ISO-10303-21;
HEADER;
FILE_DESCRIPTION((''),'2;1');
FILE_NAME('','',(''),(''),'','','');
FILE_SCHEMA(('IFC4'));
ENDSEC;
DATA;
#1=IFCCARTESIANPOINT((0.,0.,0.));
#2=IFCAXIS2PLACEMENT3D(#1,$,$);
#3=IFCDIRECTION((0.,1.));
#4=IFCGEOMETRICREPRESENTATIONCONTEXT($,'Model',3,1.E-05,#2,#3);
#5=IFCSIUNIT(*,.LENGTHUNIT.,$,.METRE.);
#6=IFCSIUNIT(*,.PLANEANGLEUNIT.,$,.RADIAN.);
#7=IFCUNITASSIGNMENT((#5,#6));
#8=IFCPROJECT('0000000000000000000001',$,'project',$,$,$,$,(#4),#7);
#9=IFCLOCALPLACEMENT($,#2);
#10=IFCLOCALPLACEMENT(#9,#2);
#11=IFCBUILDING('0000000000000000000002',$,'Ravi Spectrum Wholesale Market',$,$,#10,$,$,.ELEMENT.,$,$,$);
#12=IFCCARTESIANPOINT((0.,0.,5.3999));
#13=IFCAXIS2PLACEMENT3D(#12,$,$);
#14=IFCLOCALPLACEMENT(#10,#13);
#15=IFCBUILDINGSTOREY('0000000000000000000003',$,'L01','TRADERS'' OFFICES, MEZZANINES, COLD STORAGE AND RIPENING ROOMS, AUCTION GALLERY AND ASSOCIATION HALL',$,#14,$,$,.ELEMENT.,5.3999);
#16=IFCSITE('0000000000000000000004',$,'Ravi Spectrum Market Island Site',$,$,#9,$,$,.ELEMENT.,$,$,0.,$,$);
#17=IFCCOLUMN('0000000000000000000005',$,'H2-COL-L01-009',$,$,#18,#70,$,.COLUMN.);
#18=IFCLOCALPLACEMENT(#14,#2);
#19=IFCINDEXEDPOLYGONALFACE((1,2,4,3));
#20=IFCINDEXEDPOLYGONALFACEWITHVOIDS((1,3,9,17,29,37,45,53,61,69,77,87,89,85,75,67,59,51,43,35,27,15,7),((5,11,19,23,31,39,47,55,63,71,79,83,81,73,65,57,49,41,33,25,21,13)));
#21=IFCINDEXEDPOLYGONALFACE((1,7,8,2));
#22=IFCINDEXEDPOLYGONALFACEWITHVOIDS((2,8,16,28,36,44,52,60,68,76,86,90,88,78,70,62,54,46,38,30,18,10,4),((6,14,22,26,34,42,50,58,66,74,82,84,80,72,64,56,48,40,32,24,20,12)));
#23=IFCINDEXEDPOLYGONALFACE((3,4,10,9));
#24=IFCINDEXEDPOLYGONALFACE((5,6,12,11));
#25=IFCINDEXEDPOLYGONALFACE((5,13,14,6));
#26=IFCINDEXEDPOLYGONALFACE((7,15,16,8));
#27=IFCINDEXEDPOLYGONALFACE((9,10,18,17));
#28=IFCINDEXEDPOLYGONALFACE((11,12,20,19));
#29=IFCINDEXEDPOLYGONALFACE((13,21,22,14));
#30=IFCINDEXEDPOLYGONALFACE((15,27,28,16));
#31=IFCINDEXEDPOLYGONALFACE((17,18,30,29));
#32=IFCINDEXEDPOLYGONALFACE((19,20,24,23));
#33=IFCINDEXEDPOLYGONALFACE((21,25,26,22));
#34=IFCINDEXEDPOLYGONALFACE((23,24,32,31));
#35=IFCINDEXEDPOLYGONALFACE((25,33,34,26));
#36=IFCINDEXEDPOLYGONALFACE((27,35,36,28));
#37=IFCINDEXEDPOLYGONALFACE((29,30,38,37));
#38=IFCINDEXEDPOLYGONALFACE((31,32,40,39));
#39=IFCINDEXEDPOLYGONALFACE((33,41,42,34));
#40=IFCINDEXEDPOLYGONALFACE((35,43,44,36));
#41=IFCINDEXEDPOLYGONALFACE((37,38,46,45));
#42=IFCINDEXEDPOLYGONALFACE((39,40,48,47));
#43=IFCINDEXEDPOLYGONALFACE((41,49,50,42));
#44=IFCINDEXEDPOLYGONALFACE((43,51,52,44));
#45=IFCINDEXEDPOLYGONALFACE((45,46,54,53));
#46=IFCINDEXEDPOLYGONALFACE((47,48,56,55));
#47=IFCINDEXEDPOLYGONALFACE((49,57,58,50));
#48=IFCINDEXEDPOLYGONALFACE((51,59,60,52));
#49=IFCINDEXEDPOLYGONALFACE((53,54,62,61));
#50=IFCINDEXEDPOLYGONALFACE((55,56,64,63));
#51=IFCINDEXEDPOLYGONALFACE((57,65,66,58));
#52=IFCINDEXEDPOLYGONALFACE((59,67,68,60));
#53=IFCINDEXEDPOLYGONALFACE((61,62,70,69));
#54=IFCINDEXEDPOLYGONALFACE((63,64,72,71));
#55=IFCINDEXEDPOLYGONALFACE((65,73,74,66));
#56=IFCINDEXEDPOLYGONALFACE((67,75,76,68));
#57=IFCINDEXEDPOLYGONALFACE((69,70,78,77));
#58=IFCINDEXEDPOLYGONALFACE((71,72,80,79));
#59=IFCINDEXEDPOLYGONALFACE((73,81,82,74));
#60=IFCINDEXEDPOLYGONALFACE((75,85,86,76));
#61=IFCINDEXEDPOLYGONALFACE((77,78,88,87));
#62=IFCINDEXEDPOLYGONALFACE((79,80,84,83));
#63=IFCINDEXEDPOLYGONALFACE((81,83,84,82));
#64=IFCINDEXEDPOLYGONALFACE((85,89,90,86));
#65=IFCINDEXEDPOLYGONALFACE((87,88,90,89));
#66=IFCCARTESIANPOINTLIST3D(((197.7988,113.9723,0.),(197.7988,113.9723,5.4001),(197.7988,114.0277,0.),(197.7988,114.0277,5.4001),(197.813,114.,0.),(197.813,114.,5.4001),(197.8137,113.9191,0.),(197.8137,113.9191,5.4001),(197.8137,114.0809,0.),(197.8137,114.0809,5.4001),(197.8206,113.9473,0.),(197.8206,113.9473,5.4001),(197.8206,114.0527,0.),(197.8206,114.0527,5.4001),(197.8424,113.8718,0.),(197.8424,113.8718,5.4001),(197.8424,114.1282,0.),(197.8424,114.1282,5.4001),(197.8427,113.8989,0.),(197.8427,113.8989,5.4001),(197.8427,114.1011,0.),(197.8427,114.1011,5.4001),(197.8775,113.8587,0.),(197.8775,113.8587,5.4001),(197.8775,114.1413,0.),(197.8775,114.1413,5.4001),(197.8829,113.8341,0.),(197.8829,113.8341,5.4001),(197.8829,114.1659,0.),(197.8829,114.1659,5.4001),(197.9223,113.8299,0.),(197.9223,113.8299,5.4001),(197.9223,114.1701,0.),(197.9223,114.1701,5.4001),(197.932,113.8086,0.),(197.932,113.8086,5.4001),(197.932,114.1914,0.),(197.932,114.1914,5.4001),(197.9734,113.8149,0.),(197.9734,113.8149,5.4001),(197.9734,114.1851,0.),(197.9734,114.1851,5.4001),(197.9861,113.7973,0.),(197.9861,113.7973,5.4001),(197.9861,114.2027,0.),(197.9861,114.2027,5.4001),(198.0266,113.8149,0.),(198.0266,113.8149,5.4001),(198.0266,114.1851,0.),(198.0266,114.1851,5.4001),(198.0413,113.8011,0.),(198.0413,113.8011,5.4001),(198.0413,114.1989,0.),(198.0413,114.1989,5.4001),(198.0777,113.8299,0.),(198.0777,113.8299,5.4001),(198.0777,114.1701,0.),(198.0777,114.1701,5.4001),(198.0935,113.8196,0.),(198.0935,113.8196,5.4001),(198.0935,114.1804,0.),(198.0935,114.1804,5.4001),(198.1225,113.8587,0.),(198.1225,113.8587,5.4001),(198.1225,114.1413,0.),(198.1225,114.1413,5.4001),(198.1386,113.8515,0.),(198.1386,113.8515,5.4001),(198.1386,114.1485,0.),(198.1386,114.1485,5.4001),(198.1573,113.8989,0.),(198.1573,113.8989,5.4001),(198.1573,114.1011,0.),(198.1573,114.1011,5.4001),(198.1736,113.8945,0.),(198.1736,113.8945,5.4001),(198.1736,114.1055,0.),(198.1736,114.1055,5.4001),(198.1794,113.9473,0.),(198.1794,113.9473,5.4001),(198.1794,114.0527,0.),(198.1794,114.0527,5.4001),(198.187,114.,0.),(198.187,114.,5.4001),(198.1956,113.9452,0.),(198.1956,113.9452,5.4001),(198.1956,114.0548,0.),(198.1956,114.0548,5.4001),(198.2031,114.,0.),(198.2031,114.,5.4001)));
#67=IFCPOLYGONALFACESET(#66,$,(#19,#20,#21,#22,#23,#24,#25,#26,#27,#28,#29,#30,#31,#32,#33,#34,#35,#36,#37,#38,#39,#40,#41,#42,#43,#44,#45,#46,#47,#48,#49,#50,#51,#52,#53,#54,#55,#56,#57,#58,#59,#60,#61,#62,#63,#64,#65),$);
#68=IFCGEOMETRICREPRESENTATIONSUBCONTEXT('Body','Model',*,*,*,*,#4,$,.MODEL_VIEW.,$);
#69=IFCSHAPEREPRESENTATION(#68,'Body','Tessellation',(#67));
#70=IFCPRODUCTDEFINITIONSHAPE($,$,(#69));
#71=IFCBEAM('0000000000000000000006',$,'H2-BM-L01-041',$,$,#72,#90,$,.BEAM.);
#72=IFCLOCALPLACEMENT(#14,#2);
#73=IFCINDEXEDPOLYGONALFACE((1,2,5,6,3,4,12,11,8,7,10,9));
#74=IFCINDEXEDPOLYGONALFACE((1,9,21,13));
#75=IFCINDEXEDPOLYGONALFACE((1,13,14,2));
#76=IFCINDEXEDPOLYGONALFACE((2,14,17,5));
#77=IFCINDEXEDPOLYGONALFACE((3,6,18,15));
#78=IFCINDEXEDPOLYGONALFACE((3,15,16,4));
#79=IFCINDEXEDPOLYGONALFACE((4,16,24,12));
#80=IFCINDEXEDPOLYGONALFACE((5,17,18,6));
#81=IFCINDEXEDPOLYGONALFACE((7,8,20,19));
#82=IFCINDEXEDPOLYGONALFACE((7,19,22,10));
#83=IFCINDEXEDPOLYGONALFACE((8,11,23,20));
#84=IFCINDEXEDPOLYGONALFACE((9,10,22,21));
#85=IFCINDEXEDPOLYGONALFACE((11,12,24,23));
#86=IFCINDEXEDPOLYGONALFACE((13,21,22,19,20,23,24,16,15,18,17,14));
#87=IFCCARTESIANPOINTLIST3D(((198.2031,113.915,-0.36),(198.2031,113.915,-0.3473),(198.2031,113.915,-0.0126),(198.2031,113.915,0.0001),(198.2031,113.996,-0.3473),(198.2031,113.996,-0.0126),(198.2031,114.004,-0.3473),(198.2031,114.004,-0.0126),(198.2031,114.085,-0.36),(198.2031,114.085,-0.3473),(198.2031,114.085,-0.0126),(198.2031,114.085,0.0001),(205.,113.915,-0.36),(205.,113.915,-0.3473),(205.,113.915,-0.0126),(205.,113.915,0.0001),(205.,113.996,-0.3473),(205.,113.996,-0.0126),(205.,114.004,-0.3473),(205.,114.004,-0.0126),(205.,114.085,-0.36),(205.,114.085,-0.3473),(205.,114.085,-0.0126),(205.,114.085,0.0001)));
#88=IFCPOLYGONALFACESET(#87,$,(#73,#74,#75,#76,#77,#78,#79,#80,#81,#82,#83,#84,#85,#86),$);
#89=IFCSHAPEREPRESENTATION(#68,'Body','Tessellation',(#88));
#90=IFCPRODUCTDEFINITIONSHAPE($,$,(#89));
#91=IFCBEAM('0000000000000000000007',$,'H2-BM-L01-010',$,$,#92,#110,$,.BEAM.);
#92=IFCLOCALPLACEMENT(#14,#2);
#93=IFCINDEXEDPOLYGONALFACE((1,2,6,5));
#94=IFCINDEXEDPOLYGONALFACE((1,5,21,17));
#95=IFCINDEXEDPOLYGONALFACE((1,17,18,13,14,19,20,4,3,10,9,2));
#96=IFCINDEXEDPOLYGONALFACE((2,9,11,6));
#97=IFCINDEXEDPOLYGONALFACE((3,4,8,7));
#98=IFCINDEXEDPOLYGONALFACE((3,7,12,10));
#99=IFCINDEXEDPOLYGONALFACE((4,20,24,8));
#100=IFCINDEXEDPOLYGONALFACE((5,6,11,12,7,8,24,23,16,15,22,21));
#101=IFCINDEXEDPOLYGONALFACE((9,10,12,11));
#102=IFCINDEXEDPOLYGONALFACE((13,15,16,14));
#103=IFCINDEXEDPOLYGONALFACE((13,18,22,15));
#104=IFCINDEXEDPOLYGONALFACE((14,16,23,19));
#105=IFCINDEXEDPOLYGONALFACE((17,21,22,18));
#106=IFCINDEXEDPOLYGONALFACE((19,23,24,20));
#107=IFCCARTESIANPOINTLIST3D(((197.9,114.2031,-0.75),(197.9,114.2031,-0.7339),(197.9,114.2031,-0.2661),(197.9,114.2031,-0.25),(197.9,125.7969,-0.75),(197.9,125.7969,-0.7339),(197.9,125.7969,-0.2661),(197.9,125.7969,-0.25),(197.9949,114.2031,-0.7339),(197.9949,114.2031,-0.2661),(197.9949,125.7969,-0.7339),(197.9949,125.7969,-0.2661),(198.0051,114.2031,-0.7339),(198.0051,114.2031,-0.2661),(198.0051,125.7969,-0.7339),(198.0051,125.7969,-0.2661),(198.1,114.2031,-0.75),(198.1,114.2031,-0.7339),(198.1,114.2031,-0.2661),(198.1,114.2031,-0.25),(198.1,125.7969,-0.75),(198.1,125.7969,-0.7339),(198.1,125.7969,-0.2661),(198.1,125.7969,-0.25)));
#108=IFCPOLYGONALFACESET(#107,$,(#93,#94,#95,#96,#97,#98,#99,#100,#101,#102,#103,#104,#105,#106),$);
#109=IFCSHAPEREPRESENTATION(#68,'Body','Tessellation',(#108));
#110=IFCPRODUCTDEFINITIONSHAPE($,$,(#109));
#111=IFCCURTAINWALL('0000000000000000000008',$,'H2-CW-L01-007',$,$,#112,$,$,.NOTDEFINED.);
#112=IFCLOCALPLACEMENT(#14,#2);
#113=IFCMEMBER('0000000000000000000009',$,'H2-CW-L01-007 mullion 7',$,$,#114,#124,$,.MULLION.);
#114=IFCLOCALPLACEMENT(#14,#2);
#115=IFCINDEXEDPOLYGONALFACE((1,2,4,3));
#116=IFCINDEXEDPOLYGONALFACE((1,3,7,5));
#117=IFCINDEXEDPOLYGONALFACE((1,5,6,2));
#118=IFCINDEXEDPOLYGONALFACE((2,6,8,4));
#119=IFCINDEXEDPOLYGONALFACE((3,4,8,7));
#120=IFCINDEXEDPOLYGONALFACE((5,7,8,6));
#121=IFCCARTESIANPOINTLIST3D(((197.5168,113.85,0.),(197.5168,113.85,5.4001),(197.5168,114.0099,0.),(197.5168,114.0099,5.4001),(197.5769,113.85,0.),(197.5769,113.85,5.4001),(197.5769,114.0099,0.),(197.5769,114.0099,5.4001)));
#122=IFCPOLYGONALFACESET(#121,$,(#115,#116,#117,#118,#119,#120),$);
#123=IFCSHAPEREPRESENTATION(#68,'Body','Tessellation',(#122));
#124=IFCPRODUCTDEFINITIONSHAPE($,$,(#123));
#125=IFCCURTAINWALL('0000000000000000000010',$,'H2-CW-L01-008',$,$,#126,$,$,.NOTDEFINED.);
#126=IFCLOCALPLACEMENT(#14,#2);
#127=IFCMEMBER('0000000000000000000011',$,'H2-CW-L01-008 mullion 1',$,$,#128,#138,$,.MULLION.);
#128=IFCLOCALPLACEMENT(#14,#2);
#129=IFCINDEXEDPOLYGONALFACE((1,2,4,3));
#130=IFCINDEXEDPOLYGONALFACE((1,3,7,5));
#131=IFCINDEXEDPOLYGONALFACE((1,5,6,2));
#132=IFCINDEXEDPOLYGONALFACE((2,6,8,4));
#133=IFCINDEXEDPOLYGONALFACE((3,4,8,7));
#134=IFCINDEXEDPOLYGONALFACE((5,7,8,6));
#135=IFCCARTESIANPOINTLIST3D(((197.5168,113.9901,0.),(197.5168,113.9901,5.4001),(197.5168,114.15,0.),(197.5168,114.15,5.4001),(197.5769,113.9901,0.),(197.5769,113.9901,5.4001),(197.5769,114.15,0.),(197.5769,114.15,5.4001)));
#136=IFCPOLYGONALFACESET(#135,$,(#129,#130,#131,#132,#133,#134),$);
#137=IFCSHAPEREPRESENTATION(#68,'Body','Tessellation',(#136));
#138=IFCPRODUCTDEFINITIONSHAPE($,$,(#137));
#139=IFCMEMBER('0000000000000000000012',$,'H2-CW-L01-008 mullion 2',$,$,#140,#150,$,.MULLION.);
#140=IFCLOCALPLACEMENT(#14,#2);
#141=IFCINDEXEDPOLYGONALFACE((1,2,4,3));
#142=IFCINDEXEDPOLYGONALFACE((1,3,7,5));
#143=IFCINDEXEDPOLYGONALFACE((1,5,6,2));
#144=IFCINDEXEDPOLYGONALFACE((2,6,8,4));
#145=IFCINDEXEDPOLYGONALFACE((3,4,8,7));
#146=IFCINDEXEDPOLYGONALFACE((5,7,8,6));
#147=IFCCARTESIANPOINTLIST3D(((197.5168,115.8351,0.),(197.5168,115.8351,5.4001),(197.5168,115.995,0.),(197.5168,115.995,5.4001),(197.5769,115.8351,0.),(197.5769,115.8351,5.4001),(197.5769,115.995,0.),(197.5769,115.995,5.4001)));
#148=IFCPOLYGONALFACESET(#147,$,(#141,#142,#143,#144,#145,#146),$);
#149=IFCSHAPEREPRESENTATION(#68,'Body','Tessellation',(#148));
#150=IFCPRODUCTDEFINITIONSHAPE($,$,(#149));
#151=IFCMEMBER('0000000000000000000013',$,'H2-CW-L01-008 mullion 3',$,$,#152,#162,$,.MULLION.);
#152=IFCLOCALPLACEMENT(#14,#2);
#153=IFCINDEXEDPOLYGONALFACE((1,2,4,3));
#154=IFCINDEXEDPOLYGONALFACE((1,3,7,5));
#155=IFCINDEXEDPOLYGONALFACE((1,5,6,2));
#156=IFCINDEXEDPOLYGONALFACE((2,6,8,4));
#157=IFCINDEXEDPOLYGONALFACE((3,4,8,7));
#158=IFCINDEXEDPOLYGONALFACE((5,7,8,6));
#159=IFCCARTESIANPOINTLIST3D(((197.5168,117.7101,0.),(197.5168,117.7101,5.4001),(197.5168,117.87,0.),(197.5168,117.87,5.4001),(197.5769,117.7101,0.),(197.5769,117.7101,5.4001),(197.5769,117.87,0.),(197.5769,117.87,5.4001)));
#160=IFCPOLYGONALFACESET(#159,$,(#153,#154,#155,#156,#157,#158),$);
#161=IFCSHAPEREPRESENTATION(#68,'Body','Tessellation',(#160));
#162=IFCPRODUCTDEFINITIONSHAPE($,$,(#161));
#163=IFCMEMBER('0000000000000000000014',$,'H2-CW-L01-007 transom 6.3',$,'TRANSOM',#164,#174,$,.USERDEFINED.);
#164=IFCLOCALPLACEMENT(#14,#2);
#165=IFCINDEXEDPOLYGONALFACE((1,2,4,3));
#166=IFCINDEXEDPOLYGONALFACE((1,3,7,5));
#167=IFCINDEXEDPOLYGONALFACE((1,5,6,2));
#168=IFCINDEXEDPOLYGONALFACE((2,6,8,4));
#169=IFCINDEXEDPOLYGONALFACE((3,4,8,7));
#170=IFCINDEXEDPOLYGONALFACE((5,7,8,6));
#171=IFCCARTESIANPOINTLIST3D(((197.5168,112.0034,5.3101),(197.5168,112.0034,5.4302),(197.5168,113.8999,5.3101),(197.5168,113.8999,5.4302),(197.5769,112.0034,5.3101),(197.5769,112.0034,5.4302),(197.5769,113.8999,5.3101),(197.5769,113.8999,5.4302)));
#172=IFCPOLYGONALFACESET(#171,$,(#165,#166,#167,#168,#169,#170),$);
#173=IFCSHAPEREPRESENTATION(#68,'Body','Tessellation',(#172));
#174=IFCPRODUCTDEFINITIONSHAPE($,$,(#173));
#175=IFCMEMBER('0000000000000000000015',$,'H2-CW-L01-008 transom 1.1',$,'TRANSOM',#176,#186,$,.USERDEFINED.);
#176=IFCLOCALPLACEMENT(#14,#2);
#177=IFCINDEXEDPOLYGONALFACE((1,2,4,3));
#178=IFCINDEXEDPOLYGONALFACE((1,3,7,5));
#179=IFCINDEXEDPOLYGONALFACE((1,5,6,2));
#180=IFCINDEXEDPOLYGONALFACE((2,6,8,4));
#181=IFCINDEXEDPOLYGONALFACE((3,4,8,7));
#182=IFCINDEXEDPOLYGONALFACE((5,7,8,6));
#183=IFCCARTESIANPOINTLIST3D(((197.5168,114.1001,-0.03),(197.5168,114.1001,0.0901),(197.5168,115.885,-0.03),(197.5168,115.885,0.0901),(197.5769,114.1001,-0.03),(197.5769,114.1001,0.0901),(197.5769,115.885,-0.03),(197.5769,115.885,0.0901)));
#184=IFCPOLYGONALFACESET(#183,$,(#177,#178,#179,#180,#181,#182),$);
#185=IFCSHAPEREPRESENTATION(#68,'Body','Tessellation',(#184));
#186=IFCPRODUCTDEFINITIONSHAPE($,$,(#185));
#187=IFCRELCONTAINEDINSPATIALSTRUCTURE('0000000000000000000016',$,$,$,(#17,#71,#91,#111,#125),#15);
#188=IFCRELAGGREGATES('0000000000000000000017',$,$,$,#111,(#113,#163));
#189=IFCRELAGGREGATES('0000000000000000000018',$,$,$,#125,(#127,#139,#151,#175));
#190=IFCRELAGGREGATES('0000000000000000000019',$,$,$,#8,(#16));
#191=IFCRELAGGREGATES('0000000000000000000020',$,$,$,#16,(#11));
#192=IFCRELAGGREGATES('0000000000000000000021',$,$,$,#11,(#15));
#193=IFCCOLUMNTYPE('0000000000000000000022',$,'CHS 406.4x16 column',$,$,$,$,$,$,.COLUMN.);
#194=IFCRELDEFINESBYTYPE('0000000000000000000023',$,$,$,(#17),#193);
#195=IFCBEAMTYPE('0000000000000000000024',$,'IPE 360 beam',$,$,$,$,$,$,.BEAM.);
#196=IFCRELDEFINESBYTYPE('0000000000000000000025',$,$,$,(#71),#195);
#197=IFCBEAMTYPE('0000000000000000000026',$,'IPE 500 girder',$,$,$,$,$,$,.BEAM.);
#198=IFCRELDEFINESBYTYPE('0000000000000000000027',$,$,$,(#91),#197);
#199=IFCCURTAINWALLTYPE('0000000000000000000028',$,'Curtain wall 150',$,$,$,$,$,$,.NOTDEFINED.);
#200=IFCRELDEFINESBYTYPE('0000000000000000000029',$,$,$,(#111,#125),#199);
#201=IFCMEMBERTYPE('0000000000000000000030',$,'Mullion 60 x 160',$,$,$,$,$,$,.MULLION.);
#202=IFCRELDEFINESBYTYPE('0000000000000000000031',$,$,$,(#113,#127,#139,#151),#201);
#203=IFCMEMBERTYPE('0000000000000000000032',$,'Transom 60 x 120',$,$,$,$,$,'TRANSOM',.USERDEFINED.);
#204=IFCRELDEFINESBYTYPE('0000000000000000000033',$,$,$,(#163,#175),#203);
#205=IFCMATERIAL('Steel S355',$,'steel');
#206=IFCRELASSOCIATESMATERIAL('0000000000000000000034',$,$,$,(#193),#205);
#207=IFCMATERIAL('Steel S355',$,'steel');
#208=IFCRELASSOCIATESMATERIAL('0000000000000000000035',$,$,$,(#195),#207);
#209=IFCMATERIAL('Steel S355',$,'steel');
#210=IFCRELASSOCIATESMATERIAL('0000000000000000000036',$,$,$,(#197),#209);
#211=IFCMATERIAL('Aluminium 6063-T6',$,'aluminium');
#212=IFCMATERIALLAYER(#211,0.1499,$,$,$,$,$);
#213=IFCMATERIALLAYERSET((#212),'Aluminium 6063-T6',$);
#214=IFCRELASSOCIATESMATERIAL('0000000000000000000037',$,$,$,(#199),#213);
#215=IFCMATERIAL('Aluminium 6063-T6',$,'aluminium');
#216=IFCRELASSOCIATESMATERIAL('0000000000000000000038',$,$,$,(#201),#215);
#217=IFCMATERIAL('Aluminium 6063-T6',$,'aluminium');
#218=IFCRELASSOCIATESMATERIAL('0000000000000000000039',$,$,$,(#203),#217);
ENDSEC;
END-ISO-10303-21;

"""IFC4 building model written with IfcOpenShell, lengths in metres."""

from ifc_helpers import new_model, si_unit, direction, frame, origin, origin_2d, place, context, subcontext, project, spatial, rectangle, hollow_circle, i_section, extrude, material, layer, layer_set, material_profile, profile_set, type_object, element, aggregate, save


model = new_model("IFC4")

# Units and contexts
model_context = context("Model", 3, precision=1e-05, world=origin(), true_north=direction((0.0, 1.0)))
body_context = subcontext(model_context, "Body", "Model", "MODEL_VIEW")
ifc_project = project(units=[si_unit("LENGTHUNIT", "METRE"), si_unit("PLANEANGLEUNIT", "RADIAN")], contexts=[model_context])

# Site, building, storey
site_placement = place(None, origin())
site = spatial("IfcSite", under=ifc_project, at=site_placement, Name="Ravi Spectrum Market Island Site", CompositionType="ELEMENT", RefElevation=0.0)
building_placement = place(site_placement, origin())
building = spatial("IfcBuilding", under=site, at=building_placement, Name="Ravi Spectrum Wholesale Market", CompositionType="ELEMENT")
storey_placement = place(building_placement, frame((0.0, 0.0, 5.3999)))
storey = spatial("IfcBuildingStorey", under=building, at=storey_placement, Name="L01", Description="TRADERS' OFFICES, MEZZANINES, COLD STORAGE AND RIPENING ROOMS, AUCTION GALLERY AND ASSOCIATION HALL", CompositionType="ELEMENT", Elevation=5.3999)

# Column
ifc_material_1 = material(Name="Steel S355", Category="steel")
ifc_material_profile_1 = material_profile(ifc_material_1, hollow_circle(Radius=0.2031, WallThickness=0.0161, at=origin_2d()))
ifc_profile_set_1 = profile_set([ifc_material_profile_1], Name="Steel S355")
column_type = type_object("IfcColumnType", Name="CHS 406.4x16 column", PredefinedType="COLUMN", material=ifc_profile_set_1)
column_placement = place(storey_placement, frame((198.0, 114.0, 0.0), z_axis=(0.0, 0.0, 1.0), x_axis=(1.0, 0.0, 0.0)))
element("IfcColumn", 1, at=column_placement, inside=storey, type_object=column_type, Name="H2-COL-L01-009", PredefinedType="COLUMN", context=body_context, shape_type="SweptSolid", body=[
    extrude(hollow_circle(Radius=0.2031, WallThickness=0.0161, at=origin_2d()), origin(), (0.0, 0.0, 1.0), 5.4001),
])

# Beams
ifc_material_2 = material(Name="Steel S355", Category="steel")
ifc_material_profile_2 = material_profile(ifc_material_2, i_section(OverallWidth=0.1699, OverallDepth=0.3601, WebThickness=0.0081, FlangeThickness=0.0127, at=origin_2d()))
ifc_profile_set_2 = profile_set([ifc_material_profile_2], Name="Steel S355")
beam_type_1 = type_object("IfcBeamType", Name="IPE 360 beam", PredefinedType="BEAM", material=ifc_profile_set_2)
beam_1_placement = place(storey_placement, frame((198.2031, 114.0, -0.1799), z_axis=(1.0, 0.0, 0.0), x_axis=(0.0, 1.0, 0.0)))
element("IfcBeam", 2, at=beam_1_placement, inside=storey, type_object=beam_type_1, Name="H2-BM-L01-041", PredefinedType="BEAM", context=body_context, shape_type="SweptSolid", body=[
    extrude(i_section(OverallWidth=0.1699, OverallDepth=0.3601, WebThickness=0.0081, FlangeThickness=0.0127, at=origin_2d()), origin(), (0.0, 0.0, 1.0), 6.7969),
])
ifc_material_3 = material(Name="Steel S355", Category="steel")
ifc_material_profile_3 = material_profile(ifc_material_3, i_section(OverallWidth=0.2, OverallDepth=0.5, WebThickness=0.0103, FlangeThickness=0.0161, at=origin_2d()))
ifc_profile_set_3 = profile_set([ifc_material_profile_3], Name="Steel S355")
beam_type_2 = type_object("IfcBeamType", Name="IPE 500 girder", PredefinedType="BEAM", material=ifc_profile_set_3)
beam_2_placement = place(storey_placement, frame((198.0, 114.2031, -0.5), z_axis=(0.0, 1.0, 0.0), x_axis=(-1.0, 0.0, 0.0)))
element("IfcBeam", 3, at=beam_2_placement, inside=storey, type_object=beam_type_2, Name="H2-BM-L01-010", PredefinedType="BEAM", context=body_context, shape_type="SweptSolid", body=[
    extrude(i_section(OverallWidth=0.2, OverallDepth=0.5, WebThickness=0.0103, FlangeThickness=0.0161, at=origin_2d()), origin(), (0.0, 0.0, 1.0), 11.5938),
])

# Curtain wall, member
ifc_material_4 = material(Name="Aluminium 6063-T6", Category="aluminium")
ifc_layer_1 = layer(ifc_material_4, 0.1499)
ifc_layer_set_1 = layer_set([ifc_layer_1], Name="Aluminium 6063-T6")
curtain_wall_type = type_object("IfcCurtainWallType", Name="Curtain wall 150", PredefinedType="NOTDEFINED", material=ifc_layer_set_1)
curtain_wall_1_placement = place(storey_placement, origin())
curtain_wall_1 = element("IfcCurtainWall", 4, at=curtain_wall_1_placement, inside=storey, type_object=curtain_wall_type, Name="H2-CW-L01-007", PredefinedType="NOTDEFINED")
ifc_material_5 = material(Name="Aluminium 6063-T6", Category="aluminium")
ifc_material_profile_4 = material_profile(ifc_material_5, rectangle(XDim=0.0601, YDim=0.1599, at=origin_2d()))
ifc_profile_set_4 = profile_set([ifc_material_profile_4], Name="Aluminium 6063-T6")
member_type_1 = type_object("IfcMemberType", Name="Mullion 60 x 160", PredefinedType="MULLION", material=ifc_profile_set_4)
member_1_placement = place(storey_placement, frame((197.5469, 113.9299, 0.0), z_axis=(0.0, 0.0, 1.0), x_axis=(-1.0, 0.0, 0.0)))
member_1 = element("IfcMember", 5, at=member_1_placement, type_object=member_type_1, Name="H2-CW-L01-007 mullion 7", PredefinedType="MULLION", context=body_context, shape_type="SweptSolid", body=[
    extrude(rectangle(XDim=0.0601, YDim=0.1599, at=origin_2d()), origin(), (0.0, 0.0, 1.0), 5.4001),
])

# Curtain wall, members
curtain_wall_2_placement = place(storey_placement, origin())
curtain_wall_2 = element("IfcCurtainWall", 6, at=curtain_wall_2_placement, inside=storey, type_object=curtain_wall_type, Name="H2-CW-L01-008", PredefinedType="NOTDEFINED")
member_2_placement = place(storey_placement, frame((197.5469, 114.0701, 0.0), z_axis=(0.0, 0.0, 1.0), x_axis=(-1.0, 0.0, 0.0)))
member_2 = element("IfcMember", 7, at=member_2_placement, type_object=member_type_1, Name="H2-CW-L01-008 mullion 1", PredefinedType="MULLION", context=body_context, shape_type="SweptSolid", body=[
    extrude(rectangle(XDim=0.0601, YDim=0.1599, at=origin_2d()), origin(), (0.0, 0.0, 1.0), 5.4001),
])
member_3_placement = place(storey_placement, frame((197.5469, 115.915, 0.0), z_axis=(0.0, 0.0, 1.0), x_axis=(-1.0, 0.0, 0.0)))
member_3 = element("IfcMember", 8, at=member_3_placement, type_object=member_type_1, Name="H2-CW-L01-008 mullion 2", PredefinedType="MULLION", context=body_context, shape_type="SweptSolid", body=[
    extrude(rectangle(XDim=0.0601, YDim=0.1599, at=origin_2d()), origin(), (0.0, 0.0, 1.0), 5.4001),
])
member_4_placement = place(storey_placement, frame((197.5469, 117.79, 0.0), z_axis=(0.0, 0.0, 1.0), x_axis=(-1.0, 0.0, 0.0)))
member_4 = element("IfcMember", 9, at=member_4_placement, type_object=member_type_1, Name="H2-CW-L01-008 mullion 3", PredefinedType="MULLION", context=body_context, shape_type="SweptSolid", body=[
    extrude(rectangle(XDim=0.0601, YDim=0.1599, at=origin_2d()), origin(), (0.0, 0.0, 1.0), 5.4001),
])

# Members
ifc_material_6 = material(Name="Aluminium 6063-T6", Category="aluminium")
ifc_material_profile_5 = material_profile(ifc_material_6, rectangle(XDim=0.0601, YDim=0.1201, at=origin_2d()))
ifc_profile_set_5 = profile_set([ifc_material_profile_5], Name="Aluminium 6063-T6")
member_type_2 = type_object("IfcMemberType", Name="Transom 60 x 120", ElementType="TRANSOM", PredefinedType="USERDEFINED", material=ifc_profile_set_5)
member_5_placement = place(storey_placement, frame((197.5469, 112.0034, 5.3701), z_axis=(0.0, 1.0, 0.0), x_axis=(-1.0, 0.0, 0.0)))
member_5 = element("IfcMember", 10, at=member_5_placement, type_object=member_type_2, Name="H2-CW-L01-007 transom 6.3", ObjectType="TRANSOM", PredefinedType="USERDEFINED", context=body_context, shape_type="SweptSolid", body=[
    extrude(rectangle(XDim=0.0601, YDim=0.1201, at=origin_2d()), origin(), (0.0, 0.0, 1.0), 1.8965),
])
member_6_placement = place(storey_placement, frame((197.5469, 114.1001, 0.03), z_axis=(0.0, 1.0, 0.0), x_axis=(-1.0, 0.0, 0.0)))
member_6 = element("IfcMember", 11, at=member_6_placement, type_object=member_type_2, Name="H2-CW-L01-008 transom 1.1", ObjectType="TRANSOM", PredefinedType="USERDEFINED", context=body_context, shape_type="SweptSolid", body=[
    extrude(rectangle(XDim=0.0601, YDim=0.1201, at=origin_2d()), origin(), (0.0, 0.0, 1.0), 1.7849),
])

aggregate(curtain_wall_1, [member_1, member_5])
aggregate(curtain_wall_2, [member_2, member_3, member_4, member_6])

save(model, "model.ifc")
